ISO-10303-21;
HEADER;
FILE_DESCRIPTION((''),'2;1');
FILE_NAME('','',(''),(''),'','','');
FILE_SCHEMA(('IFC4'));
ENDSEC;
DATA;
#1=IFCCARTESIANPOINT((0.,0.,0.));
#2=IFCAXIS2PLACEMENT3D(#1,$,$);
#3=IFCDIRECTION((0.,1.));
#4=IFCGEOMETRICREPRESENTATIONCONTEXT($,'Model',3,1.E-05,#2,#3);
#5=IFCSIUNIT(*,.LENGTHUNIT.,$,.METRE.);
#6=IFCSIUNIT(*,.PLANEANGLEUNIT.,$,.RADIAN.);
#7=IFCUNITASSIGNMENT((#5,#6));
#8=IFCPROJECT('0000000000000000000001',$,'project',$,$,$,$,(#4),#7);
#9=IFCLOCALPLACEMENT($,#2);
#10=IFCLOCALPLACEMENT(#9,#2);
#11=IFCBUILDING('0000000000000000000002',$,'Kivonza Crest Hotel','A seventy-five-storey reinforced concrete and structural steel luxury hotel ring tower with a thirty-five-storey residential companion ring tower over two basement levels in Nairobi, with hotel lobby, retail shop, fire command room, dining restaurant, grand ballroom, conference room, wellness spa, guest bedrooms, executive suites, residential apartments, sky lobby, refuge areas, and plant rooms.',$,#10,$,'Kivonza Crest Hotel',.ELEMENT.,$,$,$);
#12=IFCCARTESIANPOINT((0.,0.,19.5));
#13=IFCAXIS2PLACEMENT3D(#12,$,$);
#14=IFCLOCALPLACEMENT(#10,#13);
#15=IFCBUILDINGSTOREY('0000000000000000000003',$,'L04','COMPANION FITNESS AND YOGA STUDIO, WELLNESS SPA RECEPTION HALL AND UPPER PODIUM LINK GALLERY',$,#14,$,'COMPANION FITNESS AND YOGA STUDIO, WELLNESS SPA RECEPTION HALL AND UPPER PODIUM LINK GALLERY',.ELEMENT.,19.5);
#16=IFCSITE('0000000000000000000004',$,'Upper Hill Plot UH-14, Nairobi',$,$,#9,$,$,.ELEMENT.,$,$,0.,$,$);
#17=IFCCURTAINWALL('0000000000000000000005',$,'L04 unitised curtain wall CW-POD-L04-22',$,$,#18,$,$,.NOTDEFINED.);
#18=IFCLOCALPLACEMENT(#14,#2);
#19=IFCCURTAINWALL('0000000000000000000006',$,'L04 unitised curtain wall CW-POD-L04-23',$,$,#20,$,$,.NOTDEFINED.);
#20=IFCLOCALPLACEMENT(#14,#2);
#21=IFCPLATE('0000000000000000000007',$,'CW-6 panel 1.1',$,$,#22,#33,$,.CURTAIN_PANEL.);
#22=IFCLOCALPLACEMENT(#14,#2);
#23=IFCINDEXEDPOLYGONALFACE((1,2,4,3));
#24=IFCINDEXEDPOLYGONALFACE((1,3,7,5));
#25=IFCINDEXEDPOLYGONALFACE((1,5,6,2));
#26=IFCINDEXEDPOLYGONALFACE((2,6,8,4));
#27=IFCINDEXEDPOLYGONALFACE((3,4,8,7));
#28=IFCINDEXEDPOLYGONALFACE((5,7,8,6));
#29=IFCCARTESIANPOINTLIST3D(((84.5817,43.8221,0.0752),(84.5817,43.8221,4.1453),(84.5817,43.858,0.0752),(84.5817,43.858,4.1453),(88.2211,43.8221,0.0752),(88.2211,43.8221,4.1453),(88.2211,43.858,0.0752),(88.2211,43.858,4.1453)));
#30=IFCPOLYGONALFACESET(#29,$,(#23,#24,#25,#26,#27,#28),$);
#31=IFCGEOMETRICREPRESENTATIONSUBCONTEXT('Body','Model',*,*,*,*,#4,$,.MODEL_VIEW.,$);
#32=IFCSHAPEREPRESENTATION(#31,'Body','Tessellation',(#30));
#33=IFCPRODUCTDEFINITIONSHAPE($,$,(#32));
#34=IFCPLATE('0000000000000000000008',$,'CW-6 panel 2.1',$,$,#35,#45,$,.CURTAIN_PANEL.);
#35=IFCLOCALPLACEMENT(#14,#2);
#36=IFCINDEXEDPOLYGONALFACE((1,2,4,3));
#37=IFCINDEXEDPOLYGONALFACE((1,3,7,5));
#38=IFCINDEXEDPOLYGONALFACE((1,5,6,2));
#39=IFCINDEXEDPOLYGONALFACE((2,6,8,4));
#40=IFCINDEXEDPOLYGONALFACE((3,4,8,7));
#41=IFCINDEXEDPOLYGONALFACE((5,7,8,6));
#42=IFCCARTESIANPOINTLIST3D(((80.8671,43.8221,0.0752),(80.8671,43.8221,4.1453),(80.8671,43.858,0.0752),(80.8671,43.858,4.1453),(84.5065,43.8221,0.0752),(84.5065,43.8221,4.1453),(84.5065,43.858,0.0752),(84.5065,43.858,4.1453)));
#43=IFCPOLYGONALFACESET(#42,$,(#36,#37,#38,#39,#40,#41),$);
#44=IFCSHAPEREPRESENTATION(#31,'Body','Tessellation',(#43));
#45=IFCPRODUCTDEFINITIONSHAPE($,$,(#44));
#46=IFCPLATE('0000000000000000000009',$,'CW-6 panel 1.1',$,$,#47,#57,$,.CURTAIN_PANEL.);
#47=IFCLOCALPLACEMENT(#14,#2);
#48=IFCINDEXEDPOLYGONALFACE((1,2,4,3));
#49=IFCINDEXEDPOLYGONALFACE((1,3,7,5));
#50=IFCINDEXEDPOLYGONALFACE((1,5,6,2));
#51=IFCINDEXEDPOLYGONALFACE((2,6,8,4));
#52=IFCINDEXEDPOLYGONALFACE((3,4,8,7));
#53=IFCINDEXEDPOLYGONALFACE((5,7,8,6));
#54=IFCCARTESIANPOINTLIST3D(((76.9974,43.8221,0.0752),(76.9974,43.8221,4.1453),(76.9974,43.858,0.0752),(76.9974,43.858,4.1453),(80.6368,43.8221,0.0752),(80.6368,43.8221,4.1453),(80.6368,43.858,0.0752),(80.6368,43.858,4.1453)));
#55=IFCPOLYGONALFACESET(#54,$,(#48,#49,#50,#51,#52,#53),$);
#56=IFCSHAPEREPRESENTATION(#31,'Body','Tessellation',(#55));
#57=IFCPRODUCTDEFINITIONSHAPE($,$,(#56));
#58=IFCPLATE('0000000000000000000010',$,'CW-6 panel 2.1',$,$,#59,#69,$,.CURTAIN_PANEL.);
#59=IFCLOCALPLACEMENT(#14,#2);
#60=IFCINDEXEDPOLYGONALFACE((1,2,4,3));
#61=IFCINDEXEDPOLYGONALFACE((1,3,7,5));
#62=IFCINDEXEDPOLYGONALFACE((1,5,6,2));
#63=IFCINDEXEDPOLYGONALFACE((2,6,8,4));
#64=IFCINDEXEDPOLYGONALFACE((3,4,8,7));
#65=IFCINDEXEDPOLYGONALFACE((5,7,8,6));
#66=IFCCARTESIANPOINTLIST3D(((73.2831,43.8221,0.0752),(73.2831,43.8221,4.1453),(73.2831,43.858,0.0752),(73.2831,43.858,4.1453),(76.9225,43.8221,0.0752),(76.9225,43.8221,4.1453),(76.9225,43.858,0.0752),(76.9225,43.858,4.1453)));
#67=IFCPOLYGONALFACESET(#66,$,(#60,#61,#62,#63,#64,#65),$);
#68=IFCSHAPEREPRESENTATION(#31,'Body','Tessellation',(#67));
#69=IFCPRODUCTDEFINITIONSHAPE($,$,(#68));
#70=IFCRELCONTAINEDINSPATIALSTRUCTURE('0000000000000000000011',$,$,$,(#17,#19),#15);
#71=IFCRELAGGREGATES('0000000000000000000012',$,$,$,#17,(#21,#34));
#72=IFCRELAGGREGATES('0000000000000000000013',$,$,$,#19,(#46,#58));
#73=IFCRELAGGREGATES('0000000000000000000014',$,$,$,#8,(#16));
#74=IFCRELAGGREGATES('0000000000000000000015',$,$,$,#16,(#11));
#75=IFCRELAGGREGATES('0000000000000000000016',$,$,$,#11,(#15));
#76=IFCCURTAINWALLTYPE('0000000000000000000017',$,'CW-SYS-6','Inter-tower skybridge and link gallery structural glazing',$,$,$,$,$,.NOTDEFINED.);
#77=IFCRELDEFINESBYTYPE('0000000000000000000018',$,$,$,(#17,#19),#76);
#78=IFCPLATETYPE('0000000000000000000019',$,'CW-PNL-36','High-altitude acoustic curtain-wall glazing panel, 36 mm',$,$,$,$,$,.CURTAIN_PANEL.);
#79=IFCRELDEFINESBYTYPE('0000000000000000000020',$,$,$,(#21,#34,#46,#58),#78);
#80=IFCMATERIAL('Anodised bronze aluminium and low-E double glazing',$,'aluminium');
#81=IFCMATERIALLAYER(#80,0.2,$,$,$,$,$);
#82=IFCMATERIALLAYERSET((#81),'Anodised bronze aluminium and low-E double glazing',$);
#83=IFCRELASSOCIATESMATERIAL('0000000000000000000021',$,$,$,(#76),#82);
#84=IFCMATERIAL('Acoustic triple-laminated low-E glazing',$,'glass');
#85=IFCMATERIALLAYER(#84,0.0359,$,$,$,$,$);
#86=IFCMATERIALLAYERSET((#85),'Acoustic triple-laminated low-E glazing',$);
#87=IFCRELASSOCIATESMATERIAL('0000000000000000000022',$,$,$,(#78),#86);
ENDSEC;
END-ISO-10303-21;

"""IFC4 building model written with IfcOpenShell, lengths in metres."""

from ifc_helpers import new_model, si_unit, direction, frame, origin, origin_2d, place, context, subcontext, project, spatial, rectangle, extrude, material, layer, layer_set, type_object, element, aggregate, save


model = new_model("IFC4")

# Units and contexts
model_context = context("Model", 3, precision=1e-05, world=origin(), true_north=direction((0.0, 1.0)))
body_context = subcontext(model_context, "Body", "Model", "MODEL_VIEW")
ifc_project = project(units=[si_unit("LENGTHUNIT", "METRE"), si_unit("PLANEANGLEUNIT", "RADIAN")], contexts=[model_context])

# Site, building, storey
site_placement = place(None, origin())
site = spatial("IfcSite", under=ifc_project, at=site_placement, Name="Upper Hill Plot UH-14, Nairobi", CompositionType="ELEMENT", RefElevation=0.0)
building_placement = place(site_placement, origin())
building = spatial("IfcBuilding", under=site, at=building_placement, Name="Kivonza Crest Hotel", Description="A seventy-five-storey reinforced concrete and structural steel luxury hotel ring tower with a thirty-five-storey residential companion ring tower over two basement levels in Nairobi, with hotel lobby, retail shop, fire command room, dining restaurant, grand ballroom, conference room, wellness spa, guest bedrooms, executive suites, residential apartments, sky lobby, refuge areas, and plant rooms.", LongName="Kivonza Crest Hotel", CompositionType="ELEMENT")
storey_placement = place(building_placement, frame((0.0, 0.0, 19.5)))
storey = spatial("IfcBuildingStorey", under=building, at=storey_placement, Name="L04", Description="COMPANION FITNESS AND YOGA STUDIO, WELLNESS SPA RECEPTION HALL AND UPPER PODIUM LINK GALLERY", LongName="COMPANION FITNESS AND YOGA STUDIO, WELLNESS SPA RECEPTION HALL AND UPPER PODIUM LINK GALLERY", CompositionType="ELEMENT", Elevation=19.5)

# Curtain walls
ifc_material_1 = material(Name="Anodised bronze aluminium and low-E double glazing", Category="aluminium")
ifc_layer_1 = layer(ifc_material_1, 0.2)
ifc_layer_set_1 = layer_set([ifc_layer_1], Name="Anodised bronze aluminium and low-E double glazing")
curtain_wall_type = type_object("IfcCurtainWallType", Name="CW-SYS-6", Description="Inter-tower skybridge and link gallery structural glazing", PredefinedType="NOTDEFINED", material=ifc_layer_set_1)
curtain_wall_1_placement = place(storey_placement, origin())
curtain_wall_1 = element("IfcCurtainWall", 1, at=curtain_wall_1_placement, inside=storey, type_object=curtain_wall_type, Name="L04 unitised curtain wall CW-POD-L04-22", PredefinedType="NOTDEFINED")
curtain_wall_2_placement = place(storey_placement, origin())
curtain_wall_2 = element("IfcCurtainWall", 2, at=curtain_wall_2_placement, inside=storey, type_object=curtain_wall_type, Name="L04 unitised curtain wall CW-POD-L04-23", PredefinedType="NOTDEFINED")

# Plates
ifc_material_2 = material(Name="Acoustic triple-laminated low-E glazing", Category="glass")
ifc_layer_2 = layer(ifc_material_2, 0.0359)
ifc_layer_set_2 = layer_set([ifc_layer_2], Name="Acoustic triple-laminated low-E glazing")
plate_type = type_object("IfcPlateType", Name="CW-PNL-36", Description="High-altitude acoustic curtain-wall glazing panel, 36 mm", PredefinedType="CURTAIN_PANEL", material=ifc_layer_set_2)
plate_1_placement = place(storey_placement, frame((86.4014, 43.8401, 0.0752), z_axis=(0.0, 0.0, 1.0), x_axis=(-1.0, 0.0, 0.0)))
plate_1 = element("IfcPlate", 3, at=plate_1_placement, type_object=plate_type, Name="CW-6 panel 1.1", PredefinedType="CURTAIN_PANEL", context=body_context, shape_type="SweptSolid", body=[
    extrude(rectangle(XDim=3.6394, YDim=0.0359, at=origin_2d()), origin(), (0.0, 0.0, 1.0), 4.0701),
])
plate_2_placement = place(storey_placement, frame((82.6868, 43.8401, 0.0752), z_axis=(0.0, 0.0, 1.0), x_axis=(-1.0, 0.0, 0.0)))
plate_2 = element("IfcPlate", 4, at=plate_2_placement, type_object=plate_type, Name="CW-6 panel 2.1", PredefinedType="CURTAIN_PANEL", context=body_context, shape_type="SweptSolid", body=[
    extrude(rectangle(XDim=3.6394, YDim=0.0359, at=origin_2d()), origin(), (0.0, 0.0, 1.0), 4.0701),
])
aggregate(curtain_wall_1, [plate_1, plate_2])
plate_3_placement = place(storey_placement, frame((78.8171, 43.8401, 0.0752), z_axis=(0.0, 0.0, 1.0), x_axis=(-1.0, 0.0, 0.0)))
plate_3 = element("IfcPlate", 5, at=plate_3_placement, type_object=plate_type, Name="CW-6 panel 1.1", PredefinedType="CURTAIN_PANEL", context=body_context, shape_type="SweptSolid", body=[
    extrude(rectangle(XDim=3.6394, YDim=0.0359, at=origin_2d()), origin(), (0.0, 0.0, 1.0), 4.0701),
])
plate_4_placement = place(storey_placement, frame((75.1028, 43.8401, 0.0752), z_axis=(0.0, 0.0, 1.0), x_axis=(-1.0, 0.0, 0.0)))
plate_4 = element("IfcPlate", 6, at=plate_4_placement, type_object=plate_type, Name="CW-6 panel 2.1", PredefinedType="CURTAIN_PANEL", context=body_context, shape_type="SweptSolid", body=[
    extrude(rectangle(XDim=3.6394, YDim=0.0359, at=origin_2d()), origin(), (0.0, 0.0, 1.0), 4.0701),
])
aggregate(curtain_wall_2, [plate_3, plate_4])

save(model, "model.ifc")
